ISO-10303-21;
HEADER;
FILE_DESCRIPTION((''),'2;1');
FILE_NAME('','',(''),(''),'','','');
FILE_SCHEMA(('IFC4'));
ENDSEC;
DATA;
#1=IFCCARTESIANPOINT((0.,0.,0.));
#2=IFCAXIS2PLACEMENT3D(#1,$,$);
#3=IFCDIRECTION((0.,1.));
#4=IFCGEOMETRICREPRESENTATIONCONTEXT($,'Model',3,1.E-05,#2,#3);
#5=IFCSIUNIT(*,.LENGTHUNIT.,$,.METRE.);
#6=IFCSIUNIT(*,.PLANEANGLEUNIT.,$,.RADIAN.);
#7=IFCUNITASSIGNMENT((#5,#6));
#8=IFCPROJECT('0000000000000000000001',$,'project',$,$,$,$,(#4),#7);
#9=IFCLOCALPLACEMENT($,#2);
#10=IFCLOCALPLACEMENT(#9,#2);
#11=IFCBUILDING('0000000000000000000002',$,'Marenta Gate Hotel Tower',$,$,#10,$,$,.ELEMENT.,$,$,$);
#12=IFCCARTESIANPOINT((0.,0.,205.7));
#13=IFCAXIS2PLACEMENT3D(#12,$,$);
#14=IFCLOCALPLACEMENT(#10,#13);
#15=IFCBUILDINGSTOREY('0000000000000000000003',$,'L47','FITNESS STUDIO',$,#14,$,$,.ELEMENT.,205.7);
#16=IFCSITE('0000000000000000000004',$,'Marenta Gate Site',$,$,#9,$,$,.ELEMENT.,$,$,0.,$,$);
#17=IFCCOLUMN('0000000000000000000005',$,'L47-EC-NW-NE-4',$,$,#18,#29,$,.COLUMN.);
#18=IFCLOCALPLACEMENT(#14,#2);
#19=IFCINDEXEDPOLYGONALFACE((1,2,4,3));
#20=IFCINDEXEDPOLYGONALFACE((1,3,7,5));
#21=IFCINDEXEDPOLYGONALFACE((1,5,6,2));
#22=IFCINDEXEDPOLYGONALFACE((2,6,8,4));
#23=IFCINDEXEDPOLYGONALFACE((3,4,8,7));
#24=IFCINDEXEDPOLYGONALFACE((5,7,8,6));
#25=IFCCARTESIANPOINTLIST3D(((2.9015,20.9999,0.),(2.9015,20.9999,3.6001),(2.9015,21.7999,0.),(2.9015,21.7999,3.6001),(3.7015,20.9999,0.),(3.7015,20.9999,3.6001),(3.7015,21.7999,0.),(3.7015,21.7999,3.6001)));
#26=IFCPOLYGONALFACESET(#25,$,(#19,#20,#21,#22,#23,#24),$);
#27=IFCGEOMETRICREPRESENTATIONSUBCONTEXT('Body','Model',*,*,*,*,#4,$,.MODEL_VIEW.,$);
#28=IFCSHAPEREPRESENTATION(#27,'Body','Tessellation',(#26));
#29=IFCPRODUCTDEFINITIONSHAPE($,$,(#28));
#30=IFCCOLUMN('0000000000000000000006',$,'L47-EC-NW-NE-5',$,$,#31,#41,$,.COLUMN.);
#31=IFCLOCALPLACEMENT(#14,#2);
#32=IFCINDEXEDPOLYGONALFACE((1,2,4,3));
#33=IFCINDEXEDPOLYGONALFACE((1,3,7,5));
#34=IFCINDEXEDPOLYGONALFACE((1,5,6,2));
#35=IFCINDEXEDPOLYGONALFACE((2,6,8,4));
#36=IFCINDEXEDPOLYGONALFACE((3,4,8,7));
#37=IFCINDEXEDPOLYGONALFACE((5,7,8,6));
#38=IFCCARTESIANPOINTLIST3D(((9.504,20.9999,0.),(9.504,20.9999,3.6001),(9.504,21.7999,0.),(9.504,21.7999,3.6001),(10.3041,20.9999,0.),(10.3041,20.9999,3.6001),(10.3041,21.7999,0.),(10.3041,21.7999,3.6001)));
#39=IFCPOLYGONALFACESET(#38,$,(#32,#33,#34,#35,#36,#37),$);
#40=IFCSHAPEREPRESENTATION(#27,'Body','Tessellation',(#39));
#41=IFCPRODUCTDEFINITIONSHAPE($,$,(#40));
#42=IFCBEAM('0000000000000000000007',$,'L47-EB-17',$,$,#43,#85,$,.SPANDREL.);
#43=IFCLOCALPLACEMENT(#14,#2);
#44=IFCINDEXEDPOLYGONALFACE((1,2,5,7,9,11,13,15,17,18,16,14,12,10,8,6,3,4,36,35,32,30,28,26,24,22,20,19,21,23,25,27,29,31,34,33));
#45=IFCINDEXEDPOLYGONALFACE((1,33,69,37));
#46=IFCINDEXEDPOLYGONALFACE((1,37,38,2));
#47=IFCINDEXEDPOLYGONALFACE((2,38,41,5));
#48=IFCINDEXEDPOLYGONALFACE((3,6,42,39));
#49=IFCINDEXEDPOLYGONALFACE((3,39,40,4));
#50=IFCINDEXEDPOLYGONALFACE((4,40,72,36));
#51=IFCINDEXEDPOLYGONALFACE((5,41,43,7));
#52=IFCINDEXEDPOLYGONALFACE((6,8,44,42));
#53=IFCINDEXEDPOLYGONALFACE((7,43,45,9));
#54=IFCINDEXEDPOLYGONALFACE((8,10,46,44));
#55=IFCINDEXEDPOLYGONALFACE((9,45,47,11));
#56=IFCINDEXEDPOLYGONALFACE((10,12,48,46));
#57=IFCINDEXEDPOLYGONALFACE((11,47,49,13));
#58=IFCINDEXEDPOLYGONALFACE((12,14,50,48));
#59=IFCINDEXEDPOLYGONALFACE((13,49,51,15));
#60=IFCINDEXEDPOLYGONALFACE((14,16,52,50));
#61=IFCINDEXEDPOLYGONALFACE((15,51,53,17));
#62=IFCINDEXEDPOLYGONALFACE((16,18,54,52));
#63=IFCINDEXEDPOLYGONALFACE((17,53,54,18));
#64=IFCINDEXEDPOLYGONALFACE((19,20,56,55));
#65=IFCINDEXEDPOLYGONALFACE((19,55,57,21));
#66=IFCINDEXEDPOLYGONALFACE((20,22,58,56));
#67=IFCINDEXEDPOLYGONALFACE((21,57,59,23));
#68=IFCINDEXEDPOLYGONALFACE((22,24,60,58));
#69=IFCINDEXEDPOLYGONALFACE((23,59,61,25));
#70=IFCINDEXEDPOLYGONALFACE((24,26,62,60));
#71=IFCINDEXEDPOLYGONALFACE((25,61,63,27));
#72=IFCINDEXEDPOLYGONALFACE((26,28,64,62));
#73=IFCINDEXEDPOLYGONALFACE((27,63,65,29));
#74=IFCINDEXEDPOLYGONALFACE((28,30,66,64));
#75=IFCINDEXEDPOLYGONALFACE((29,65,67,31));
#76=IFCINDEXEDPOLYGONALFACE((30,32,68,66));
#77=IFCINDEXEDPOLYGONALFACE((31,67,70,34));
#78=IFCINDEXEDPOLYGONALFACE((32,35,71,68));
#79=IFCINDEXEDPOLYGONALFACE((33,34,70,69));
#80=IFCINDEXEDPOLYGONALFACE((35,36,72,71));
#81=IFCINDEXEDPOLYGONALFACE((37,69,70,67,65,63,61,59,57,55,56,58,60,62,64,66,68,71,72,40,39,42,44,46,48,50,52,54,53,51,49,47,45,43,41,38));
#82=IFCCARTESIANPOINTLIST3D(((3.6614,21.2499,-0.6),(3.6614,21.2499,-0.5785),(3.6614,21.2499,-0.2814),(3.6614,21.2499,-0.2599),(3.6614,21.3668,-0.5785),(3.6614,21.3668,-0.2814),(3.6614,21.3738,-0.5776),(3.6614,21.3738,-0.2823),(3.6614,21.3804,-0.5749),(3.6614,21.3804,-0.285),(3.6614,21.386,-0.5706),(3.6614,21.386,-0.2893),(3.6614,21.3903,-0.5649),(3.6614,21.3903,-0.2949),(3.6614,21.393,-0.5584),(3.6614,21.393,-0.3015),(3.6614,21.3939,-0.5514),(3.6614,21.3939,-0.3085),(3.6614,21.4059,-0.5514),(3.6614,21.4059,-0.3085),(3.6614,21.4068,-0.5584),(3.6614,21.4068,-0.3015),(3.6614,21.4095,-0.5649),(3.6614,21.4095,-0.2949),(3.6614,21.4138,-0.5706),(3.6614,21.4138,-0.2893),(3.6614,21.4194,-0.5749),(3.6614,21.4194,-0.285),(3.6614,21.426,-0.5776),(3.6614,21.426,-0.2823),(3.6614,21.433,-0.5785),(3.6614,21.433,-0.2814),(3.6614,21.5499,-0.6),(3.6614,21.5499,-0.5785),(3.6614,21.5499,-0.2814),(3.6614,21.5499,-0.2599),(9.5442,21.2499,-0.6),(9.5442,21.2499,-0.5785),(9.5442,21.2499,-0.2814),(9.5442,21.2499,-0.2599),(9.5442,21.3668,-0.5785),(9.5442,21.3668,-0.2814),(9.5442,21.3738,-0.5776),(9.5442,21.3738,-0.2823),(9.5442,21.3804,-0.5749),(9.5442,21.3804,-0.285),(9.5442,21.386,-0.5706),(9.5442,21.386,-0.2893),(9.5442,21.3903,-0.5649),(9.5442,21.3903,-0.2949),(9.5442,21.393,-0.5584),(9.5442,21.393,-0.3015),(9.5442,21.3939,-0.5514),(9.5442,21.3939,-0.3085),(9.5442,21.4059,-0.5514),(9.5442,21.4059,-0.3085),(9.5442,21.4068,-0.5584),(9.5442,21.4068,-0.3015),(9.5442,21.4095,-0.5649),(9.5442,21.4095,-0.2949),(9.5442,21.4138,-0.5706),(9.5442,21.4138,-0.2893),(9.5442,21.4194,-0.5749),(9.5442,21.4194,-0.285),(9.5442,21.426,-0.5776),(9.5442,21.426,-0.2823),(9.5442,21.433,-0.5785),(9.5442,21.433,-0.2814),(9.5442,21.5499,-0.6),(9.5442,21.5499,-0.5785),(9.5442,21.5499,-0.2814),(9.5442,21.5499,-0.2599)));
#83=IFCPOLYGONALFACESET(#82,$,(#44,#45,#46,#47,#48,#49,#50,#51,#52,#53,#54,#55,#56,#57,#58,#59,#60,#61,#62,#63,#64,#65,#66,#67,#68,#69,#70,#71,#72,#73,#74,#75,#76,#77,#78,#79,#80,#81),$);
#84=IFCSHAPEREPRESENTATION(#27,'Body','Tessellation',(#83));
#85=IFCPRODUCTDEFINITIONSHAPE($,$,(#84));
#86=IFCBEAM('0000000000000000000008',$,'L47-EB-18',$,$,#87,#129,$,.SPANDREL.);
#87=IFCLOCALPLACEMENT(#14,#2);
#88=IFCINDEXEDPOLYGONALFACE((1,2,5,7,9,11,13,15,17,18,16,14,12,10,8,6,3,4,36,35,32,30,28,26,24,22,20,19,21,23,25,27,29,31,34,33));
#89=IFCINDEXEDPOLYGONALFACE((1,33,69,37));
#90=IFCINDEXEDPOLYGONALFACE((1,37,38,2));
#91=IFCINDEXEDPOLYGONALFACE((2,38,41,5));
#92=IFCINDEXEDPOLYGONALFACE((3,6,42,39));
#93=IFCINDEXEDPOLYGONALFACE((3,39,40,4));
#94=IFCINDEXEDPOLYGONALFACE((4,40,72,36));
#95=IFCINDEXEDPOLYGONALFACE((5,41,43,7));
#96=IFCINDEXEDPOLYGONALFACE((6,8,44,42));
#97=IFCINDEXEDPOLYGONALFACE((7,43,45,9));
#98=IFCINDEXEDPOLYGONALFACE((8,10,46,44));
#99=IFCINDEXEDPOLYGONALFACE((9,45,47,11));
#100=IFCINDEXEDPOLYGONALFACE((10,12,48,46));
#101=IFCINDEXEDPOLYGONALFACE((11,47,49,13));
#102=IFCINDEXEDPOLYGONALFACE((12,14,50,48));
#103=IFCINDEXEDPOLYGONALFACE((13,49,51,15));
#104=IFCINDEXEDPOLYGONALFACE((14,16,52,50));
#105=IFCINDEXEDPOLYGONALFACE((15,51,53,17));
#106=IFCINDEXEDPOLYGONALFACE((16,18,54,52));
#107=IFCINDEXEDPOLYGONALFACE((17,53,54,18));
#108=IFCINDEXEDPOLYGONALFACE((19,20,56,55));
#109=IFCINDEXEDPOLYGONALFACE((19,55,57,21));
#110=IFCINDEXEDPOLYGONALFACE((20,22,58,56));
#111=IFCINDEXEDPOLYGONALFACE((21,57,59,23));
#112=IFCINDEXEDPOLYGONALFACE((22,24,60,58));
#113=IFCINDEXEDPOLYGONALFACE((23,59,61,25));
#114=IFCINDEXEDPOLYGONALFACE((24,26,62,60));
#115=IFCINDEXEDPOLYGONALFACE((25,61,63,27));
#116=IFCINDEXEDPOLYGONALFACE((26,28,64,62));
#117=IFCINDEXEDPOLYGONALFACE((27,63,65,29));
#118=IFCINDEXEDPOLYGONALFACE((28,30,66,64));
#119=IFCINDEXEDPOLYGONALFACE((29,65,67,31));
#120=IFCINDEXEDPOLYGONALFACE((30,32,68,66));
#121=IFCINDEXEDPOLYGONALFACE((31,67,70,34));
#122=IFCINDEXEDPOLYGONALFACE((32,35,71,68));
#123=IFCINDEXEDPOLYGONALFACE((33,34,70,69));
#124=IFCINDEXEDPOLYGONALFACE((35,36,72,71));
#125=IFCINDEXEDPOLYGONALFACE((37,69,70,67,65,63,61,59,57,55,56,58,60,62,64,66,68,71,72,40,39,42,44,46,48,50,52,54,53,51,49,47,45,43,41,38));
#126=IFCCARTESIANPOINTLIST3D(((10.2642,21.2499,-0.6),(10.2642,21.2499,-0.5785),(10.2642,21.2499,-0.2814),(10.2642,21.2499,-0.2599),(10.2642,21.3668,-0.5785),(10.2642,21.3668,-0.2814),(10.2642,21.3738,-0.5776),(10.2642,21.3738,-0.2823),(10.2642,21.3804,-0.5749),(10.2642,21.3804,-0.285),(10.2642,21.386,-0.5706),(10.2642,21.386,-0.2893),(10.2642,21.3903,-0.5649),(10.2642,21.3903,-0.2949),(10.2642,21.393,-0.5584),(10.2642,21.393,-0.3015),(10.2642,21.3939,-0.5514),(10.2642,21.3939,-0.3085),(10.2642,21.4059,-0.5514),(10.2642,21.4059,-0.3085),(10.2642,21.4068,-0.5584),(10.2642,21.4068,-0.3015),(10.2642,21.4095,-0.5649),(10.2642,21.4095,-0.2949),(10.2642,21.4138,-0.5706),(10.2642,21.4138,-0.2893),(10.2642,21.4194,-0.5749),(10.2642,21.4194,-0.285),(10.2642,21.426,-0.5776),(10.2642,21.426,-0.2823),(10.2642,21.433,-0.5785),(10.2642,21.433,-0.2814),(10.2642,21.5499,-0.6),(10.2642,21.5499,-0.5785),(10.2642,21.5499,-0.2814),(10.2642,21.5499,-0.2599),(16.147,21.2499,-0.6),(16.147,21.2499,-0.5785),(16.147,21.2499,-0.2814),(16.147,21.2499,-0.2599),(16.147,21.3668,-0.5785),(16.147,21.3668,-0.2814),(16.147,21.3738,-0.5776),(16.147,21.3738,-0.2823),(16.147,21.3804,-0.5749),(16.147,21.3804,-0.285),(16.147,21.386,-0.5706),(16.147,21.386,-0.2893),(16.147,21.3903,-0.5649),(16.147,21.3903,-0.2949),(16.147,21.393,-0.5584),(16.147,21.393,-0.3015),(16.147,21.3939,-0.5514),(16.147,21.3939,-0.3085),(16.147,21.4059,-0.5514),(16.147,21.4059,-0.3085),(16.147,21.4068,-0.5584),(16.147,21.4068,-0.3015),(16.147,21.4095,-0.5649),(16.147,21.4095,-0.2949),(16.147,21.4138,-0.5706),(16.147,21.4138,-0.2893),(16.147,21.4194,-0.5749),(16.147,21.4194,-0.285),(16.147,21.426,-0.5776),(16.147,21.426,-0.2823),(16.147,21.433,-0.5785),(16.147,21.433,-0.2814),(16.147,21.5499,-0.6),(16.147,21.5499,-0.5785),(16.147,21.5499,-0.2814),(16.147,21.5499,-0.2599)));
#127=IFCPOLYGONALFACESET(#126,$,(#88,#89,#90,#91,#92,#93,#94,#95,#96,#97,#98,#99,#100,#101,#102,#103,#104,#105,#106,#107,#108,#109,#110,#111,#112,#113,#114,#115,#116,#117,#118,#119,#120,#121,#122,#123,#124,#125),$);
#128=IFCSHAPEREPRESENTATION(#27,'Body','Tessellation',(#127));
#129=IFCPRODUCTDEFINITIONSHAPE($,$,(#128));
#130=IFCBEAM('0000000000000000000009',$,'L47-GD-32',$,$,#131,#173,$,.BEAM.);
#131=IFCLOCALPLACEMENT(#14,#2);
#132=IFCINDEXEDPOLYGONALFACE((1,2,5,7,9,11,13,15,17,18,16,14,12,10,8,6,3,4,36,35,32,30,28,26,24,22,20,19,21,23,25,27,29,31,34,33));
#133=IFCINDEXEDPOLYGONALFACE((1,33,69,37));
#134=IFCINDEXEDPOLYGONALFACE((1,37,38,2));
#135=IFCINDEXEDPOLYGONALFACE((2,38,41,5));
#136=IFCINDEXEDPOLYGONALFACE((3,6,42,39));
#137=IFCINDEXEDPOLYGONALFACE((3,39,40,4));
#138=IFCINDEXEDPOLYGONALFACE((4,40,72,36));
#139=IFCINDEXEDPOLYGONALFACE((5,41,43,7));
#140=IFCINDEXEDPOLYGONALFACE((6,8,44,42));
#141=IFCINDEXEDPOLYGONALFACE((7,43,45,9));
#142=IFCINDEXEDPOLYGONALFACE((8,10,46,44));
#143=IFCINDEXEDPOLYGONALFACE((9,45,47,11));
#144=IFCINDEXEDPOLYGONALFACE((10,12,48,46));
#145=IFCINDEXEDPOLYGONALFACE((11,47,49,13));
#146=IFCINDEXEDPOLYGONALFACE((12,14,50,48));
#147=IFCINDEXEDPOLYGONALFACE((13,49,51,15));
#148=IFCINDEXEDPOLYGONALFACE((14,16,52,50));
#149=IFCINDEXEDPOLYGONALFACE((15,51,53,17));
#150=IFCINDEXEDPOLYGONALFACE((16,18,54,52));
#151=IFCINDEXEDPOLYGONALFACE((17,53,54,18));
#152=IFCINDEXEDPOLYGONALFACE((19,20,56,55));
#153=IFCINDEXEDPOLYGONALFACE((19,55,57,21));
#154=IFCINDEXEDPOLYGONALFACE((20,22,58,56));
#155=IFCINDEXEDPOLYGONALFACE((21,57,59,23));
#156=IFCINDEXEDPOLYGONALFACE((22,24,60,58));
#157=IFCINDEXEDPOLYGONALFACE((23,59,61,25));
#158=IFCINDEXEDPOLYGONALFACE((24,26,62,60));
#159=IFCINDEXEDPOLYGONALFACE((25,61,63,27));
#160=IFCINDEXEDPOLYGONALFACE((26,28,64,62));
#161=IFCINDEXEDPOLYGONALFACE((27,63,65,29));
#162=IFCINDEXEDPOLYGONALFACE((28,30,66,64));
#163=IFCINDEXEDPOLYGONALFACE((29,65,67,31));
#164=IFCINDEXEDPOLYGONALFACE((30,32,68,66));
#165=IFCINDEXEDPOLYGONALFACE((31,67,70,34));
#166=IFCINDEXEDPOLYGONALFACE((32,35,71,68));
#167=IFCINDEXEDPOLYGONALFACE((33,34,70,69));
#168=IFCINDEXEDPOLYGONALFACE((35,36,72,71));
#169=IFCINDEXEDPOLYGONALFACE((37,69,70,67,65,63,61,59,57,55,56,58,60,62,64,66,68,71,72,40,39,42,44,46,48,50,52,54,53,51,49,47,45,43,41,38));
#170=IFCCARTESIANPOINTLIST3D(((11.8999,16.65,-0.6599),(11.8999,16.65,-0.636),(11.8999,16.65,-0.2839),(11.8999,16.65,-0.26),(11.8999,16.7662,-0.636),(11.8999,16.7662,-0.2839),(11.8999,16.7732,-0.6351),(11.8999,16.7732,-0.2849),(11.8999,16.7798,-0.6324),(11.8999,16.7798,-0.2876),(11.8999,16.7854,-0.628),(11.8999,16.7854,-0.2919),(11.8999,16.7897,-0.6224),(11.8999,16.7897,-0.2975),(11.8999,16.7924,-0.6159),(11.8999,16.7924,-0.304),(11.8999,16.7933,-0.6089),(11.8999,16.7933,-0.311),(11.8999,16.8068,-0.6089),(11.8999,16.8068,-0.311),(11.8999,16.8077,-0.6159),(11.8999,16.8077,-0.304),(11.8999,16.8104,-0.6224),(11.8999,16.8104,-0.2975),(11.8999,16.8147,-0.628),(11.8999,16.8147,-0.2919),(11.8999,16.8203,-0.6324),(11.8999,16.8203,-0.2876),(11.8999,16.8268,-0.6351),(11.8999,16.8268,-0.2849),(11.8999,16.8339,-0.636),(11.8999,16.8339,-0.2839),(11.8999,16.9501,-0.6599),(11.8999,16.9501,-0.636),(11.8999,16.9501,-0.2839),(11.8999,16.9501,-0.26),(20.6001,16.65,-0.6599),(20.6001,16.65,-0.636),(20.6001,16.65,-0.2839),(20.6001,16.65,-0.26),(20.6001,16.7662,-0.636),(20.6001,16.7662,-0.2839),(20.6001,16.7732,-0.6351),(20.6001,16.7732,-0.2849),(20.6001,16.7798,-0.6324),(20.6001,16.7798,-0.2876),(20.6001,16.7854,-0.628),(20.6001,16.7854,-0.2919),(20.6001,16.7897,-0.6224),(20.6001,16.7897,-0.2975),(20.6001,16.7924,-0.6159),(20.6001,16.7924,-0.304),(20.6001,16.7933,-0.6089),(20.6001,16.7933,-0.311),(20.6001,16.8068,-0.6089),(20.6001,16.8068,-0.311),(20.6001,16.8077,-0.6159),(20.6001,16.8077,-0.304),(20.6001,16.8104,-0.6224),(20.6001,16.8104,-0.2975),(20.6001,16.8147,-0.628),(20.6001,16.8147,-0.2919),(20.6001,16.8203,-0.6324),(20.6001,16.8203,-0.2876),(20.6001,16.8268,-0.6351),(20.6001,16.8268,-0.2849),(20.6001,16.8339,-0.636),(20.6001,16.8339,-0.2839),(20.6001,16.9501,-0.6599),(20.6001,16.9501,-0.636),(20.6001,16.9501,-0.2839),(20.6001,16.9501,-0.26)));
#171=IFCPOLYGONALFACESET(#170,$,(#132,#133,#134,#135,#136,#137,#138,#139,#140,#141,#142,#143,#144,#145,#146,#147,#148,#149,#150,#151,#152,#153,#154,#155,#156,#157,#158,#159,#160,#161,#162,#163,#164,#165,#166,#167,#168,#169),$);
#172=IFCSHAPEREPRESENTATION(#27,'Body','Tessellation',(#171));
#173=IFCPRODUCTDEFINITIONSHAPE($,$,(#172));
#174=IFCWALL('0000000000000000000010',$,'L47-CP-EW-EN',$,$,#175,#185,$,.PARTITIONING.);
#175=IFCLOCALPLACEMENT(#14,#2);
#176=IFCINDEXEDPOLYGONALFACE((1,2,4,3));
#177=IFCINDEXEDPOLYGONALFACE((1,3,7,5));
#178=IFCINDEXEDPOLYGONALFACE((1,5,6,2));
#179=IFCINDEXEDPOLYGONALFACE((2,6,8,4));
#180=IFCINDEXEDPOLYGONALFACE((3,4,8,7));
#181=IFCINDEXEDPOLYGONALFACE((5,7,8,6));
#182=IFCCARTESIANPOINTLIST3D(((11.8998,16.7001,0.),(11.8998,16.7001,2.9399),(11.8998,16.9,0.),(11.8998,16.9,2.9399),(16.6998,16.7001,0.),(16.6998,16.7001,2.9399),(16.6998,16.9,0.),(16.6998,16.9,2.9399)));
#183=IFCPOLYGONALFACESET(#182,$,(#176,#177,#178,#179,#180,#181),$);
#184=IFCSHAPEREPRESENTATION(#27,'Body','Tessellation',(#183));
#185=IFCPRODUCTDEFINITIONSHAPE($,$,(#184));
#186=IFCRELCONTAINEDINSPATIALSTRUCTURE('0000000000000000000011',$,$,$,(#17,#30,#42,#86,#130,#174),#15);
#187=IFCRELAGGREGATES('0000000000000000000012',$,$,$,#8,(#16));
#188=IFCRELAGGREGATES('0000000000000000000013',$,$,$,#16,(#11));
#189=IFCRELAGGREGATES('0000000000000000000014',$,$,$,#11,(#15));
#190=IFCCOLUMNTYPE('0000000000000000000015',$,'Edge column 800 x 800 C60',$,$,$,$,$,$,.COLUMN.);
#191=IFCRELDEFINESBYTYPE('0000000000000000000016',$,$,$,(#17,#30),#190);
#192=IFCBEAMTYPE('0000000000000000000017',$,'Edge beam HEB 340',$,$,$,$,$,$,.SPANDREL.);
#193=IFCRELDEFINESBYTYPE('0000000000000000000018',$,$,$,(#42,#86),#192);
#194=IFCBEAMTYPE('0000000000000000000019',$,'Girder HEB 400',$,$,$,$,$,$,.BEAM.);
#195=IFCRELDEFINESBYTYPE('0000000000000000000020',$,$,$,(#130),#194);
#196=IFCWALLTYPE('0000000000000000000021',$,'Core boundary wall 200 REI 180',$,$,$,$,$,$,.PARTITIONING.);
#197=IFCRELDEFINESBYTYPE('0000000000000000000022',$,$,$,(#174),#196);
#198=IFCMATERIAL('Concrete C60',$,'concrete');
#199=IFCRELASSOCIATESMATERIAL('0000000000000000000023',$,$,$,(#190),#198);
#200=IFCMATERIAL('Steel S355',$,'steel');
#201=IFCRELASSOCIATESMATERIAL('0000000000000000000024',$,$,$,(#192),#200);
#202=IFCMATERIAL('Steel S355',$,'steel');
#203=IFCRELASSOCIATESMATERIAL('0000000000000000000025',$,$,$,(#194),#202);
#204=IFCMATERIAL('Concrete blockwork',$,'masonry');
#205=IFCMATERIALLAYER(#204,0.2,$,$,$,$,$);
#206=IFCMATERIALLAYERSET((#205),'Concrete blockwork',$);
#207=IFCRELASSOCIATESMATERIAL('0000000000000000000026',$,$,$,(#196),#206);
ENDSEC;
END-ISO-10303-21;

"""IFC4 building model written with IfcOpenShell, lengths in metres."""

from ifc_helpers import new_model, si_unit, direction, frame, frame_2d, origin, origin_2d, place, context, subcontext, project, spatial, rectangle, i_section, extrude, material, layer, layer_set, material_profile, profile_set, type_object, element, save


model = new_model("IFC4")

# Units and contexts
model_context = context("Model", 3, precision=1e-05, world=origin(), true_north=direction((0.0, 1.0)))
body_context = subcontext(model_context, "Body", "Model", "MODEL_VIEW")
ifc_project = project(units=[si_unit("LENGTHUNIT", "METRE"), si_unit("PLANEANGLEUNIT", "RADIAN")], contexts=[model_context])

# Site, building, storey
site_placement = place(None, origin())
site = spatial("IfcSite", under=ifc_project, at=site_placement, Name="Marenta Gate Site", CompositionType="ELEMENT", RefElevation=0.0)
building_placement = place(site_placement, origin())
building = spatial("IfcBuilding", under=site, at=building_placement, Name="Marenta Gate Hotel Tower", CompositionType="ELEMENT")
storey_placement = place(building_placement, frame((0.0, 0.0, 205.7)))
storey = spatial("IfcBuildingStorey", under=building, at=storey_placement, Name="L47", Description="FITNESS STUDIO", CompositionType="ELEMENT", Elevation=205.7)

# Columns
ifc_material_1 = material(Name="Concrete C60", Category="concrete")
ifc_material_profile_1 = material_profile(ifc_material_1, rectangle(XDim=0.8, YDim=0.8, at=origin_2d()), Name="800 x 800")
ifc_profile_set_1 = profile_set([ifc_material_profile_1], Name="Concrete C60")
column_type = type_object("IfcColumnType", Name="Edge column 800 x 800 C60", PredefinedType="COLUMN", material=ifc_profile_set_1)
for number, where, z_axis, x_axis, name in (
    (1, (3.3015, 21.3999, 0.0), (0.0, 0.0, 1.0), (1.0, 0.0, 0.0), "L47-EC-NW-NE-4"),
    (2, (9.9041, 21.3999, 0.0), (0.0, 0.0, 1.0), (1.0, 0.0, 0.0), "L47-EC-NW-NE-5"),
):
    element("IfcColumn", number, at=place(storey_placement, frame(where, z_axis=z_axis, x_axis=x_axis)), inside=storey, type_object=column_type, Name=name, PredefinedType="COLUMN", context=body_context, shape_type="SweptSolid", body=[
        extrude(rectangle(XDim=0.8, YDim=0.8, at=origin_2d()), origin(), (0.0, 0.0, 1.0), 3.6001),
    ])

# Beams
ifc_material_2 = material(Name="Steel S355", Category="steel")
ifc_material_profile_2 = material_profile(ifc_material_2, i_section(OverallWidth=0.3, OverallDepth=0.3401, WebThickness=0.012, FlangeThickness=0.0215, FilletRadius=0.0271, at=origin_2d()), Name="HEB 340")
ifc_profile_set_2 = profile_set([ifc_material_profile_2], Name="Steel S355")
beam_type_1 = type_object("IfcBeamType", Name="Edge beam HEB 340", PredefinedType="SPANDREL", material=ifc_profile_set_2)
for number, where, z_axis, x_axis, name in (
    (3, (3.6614, 21.3999, -0.4299), (1.0, 0.0, 0.0), (0.0, 1.0, 0.0), "L47-EB-17"),
    (4, (10.2642, 21.3999, -0.4299), (1.0, 0.0, 0.0), (0.0, 1.0, 0.0), "L47-EB-18"),
):
    element("IfcBeam", number, at=place(storey_placement, frame(where, z_axis=z_axis, x_axis=x_axis)), inside=storey, type_object=beam_type_1, Name=name, PredefinedType="SPANDREL", context=body_context, shape_type="SweptSolid", body=[
        extrude(i_section(OverallWidth=0.3, OverallDepth=0.3401, WebThickness=0.012, FlangeThickness=0.0215, FilletRadius=0.0271, at=origin_2d()), origin(), (0.0, 0.0, 1.0), 5.8828),
    ])
ifc_material_3 = material(Name="Steel S355", Category="steel")
ifc_material_profile_3 = material_profile(ifc_material_3, i_section(OverallWidth=0.3, OverallDepth=0.3999, WebThickness=0.0134, FlangeThickness=0.0239, FilletRadius=0.0271, at=origin_2d()), Name="HEB 400")
ifc_profile_set_3 = profile_set([ifc_material_profile_3], Name="Steel S355")
beam_type_2 = type_object("IfcBeamType", Name="Girder HEB 400", PredefinedType="BEAM", material=ifc_profile_set_3)
beam_placement = place(storey_placement, frame((11.8999, 16.8, -0.46), z_axis=(1.0, 0.0, 0.0), x_axis=(0.0, 1.0, 0.0)))
element("IfcBeam", 5, at=beam_placement, inside=storey, type_object=beam_type_2, Name="L47-GD-32", PredefinedType="BEAM", context=body_context, shape_type="SweptSolid", body=[
    extrude(i_section(OverallWidth=0.3, OverallDepth=0.3999, WebThickness=0.0134, FlangeThickness=0.0239, FilletRadius=0.0271, at=origin_2d()), origin(), (0.0, 0.0, 1.0), 8.7002),
])

# Wall
ifc_material_4 = material(Name="Concrete blockwork", Category="masonry")
ifc_layer_1 = layer(ifc_material_4, 0.2)
ifc_layer_set_1 = layer_set([ifc_layer_1], Name="Concrete blockwork")
wall_type_1 = type_object("IfcWallType", Name="Core boundary wall 200 REI 180", PredefinedType="PARTITIONING", material=ifc_layer_set_1)
wall_1_placement = place(storey_placement, frame((11.8999, 16.8, 0.0), z_axis=(0.0, 0.0, 1.0), x_axis=(1.0, 0.0, 0.0)))
element("IfcWall", 6, at=wall_1_placement, inside=storey, type_object=wall_type_1, Name="L47-CP-EW-EN", PredefinedType="PARTITIONING", context=body_context, shape_type="SweptSolid", body=[
    extrude(rectangle(XDim=4.8, YDim=0.2, at=frame_2d((2.3999, 0.0))), origin(), (0.0, 0.0, 1.0), 2.9399),
])

save(model, "model.ifc")
